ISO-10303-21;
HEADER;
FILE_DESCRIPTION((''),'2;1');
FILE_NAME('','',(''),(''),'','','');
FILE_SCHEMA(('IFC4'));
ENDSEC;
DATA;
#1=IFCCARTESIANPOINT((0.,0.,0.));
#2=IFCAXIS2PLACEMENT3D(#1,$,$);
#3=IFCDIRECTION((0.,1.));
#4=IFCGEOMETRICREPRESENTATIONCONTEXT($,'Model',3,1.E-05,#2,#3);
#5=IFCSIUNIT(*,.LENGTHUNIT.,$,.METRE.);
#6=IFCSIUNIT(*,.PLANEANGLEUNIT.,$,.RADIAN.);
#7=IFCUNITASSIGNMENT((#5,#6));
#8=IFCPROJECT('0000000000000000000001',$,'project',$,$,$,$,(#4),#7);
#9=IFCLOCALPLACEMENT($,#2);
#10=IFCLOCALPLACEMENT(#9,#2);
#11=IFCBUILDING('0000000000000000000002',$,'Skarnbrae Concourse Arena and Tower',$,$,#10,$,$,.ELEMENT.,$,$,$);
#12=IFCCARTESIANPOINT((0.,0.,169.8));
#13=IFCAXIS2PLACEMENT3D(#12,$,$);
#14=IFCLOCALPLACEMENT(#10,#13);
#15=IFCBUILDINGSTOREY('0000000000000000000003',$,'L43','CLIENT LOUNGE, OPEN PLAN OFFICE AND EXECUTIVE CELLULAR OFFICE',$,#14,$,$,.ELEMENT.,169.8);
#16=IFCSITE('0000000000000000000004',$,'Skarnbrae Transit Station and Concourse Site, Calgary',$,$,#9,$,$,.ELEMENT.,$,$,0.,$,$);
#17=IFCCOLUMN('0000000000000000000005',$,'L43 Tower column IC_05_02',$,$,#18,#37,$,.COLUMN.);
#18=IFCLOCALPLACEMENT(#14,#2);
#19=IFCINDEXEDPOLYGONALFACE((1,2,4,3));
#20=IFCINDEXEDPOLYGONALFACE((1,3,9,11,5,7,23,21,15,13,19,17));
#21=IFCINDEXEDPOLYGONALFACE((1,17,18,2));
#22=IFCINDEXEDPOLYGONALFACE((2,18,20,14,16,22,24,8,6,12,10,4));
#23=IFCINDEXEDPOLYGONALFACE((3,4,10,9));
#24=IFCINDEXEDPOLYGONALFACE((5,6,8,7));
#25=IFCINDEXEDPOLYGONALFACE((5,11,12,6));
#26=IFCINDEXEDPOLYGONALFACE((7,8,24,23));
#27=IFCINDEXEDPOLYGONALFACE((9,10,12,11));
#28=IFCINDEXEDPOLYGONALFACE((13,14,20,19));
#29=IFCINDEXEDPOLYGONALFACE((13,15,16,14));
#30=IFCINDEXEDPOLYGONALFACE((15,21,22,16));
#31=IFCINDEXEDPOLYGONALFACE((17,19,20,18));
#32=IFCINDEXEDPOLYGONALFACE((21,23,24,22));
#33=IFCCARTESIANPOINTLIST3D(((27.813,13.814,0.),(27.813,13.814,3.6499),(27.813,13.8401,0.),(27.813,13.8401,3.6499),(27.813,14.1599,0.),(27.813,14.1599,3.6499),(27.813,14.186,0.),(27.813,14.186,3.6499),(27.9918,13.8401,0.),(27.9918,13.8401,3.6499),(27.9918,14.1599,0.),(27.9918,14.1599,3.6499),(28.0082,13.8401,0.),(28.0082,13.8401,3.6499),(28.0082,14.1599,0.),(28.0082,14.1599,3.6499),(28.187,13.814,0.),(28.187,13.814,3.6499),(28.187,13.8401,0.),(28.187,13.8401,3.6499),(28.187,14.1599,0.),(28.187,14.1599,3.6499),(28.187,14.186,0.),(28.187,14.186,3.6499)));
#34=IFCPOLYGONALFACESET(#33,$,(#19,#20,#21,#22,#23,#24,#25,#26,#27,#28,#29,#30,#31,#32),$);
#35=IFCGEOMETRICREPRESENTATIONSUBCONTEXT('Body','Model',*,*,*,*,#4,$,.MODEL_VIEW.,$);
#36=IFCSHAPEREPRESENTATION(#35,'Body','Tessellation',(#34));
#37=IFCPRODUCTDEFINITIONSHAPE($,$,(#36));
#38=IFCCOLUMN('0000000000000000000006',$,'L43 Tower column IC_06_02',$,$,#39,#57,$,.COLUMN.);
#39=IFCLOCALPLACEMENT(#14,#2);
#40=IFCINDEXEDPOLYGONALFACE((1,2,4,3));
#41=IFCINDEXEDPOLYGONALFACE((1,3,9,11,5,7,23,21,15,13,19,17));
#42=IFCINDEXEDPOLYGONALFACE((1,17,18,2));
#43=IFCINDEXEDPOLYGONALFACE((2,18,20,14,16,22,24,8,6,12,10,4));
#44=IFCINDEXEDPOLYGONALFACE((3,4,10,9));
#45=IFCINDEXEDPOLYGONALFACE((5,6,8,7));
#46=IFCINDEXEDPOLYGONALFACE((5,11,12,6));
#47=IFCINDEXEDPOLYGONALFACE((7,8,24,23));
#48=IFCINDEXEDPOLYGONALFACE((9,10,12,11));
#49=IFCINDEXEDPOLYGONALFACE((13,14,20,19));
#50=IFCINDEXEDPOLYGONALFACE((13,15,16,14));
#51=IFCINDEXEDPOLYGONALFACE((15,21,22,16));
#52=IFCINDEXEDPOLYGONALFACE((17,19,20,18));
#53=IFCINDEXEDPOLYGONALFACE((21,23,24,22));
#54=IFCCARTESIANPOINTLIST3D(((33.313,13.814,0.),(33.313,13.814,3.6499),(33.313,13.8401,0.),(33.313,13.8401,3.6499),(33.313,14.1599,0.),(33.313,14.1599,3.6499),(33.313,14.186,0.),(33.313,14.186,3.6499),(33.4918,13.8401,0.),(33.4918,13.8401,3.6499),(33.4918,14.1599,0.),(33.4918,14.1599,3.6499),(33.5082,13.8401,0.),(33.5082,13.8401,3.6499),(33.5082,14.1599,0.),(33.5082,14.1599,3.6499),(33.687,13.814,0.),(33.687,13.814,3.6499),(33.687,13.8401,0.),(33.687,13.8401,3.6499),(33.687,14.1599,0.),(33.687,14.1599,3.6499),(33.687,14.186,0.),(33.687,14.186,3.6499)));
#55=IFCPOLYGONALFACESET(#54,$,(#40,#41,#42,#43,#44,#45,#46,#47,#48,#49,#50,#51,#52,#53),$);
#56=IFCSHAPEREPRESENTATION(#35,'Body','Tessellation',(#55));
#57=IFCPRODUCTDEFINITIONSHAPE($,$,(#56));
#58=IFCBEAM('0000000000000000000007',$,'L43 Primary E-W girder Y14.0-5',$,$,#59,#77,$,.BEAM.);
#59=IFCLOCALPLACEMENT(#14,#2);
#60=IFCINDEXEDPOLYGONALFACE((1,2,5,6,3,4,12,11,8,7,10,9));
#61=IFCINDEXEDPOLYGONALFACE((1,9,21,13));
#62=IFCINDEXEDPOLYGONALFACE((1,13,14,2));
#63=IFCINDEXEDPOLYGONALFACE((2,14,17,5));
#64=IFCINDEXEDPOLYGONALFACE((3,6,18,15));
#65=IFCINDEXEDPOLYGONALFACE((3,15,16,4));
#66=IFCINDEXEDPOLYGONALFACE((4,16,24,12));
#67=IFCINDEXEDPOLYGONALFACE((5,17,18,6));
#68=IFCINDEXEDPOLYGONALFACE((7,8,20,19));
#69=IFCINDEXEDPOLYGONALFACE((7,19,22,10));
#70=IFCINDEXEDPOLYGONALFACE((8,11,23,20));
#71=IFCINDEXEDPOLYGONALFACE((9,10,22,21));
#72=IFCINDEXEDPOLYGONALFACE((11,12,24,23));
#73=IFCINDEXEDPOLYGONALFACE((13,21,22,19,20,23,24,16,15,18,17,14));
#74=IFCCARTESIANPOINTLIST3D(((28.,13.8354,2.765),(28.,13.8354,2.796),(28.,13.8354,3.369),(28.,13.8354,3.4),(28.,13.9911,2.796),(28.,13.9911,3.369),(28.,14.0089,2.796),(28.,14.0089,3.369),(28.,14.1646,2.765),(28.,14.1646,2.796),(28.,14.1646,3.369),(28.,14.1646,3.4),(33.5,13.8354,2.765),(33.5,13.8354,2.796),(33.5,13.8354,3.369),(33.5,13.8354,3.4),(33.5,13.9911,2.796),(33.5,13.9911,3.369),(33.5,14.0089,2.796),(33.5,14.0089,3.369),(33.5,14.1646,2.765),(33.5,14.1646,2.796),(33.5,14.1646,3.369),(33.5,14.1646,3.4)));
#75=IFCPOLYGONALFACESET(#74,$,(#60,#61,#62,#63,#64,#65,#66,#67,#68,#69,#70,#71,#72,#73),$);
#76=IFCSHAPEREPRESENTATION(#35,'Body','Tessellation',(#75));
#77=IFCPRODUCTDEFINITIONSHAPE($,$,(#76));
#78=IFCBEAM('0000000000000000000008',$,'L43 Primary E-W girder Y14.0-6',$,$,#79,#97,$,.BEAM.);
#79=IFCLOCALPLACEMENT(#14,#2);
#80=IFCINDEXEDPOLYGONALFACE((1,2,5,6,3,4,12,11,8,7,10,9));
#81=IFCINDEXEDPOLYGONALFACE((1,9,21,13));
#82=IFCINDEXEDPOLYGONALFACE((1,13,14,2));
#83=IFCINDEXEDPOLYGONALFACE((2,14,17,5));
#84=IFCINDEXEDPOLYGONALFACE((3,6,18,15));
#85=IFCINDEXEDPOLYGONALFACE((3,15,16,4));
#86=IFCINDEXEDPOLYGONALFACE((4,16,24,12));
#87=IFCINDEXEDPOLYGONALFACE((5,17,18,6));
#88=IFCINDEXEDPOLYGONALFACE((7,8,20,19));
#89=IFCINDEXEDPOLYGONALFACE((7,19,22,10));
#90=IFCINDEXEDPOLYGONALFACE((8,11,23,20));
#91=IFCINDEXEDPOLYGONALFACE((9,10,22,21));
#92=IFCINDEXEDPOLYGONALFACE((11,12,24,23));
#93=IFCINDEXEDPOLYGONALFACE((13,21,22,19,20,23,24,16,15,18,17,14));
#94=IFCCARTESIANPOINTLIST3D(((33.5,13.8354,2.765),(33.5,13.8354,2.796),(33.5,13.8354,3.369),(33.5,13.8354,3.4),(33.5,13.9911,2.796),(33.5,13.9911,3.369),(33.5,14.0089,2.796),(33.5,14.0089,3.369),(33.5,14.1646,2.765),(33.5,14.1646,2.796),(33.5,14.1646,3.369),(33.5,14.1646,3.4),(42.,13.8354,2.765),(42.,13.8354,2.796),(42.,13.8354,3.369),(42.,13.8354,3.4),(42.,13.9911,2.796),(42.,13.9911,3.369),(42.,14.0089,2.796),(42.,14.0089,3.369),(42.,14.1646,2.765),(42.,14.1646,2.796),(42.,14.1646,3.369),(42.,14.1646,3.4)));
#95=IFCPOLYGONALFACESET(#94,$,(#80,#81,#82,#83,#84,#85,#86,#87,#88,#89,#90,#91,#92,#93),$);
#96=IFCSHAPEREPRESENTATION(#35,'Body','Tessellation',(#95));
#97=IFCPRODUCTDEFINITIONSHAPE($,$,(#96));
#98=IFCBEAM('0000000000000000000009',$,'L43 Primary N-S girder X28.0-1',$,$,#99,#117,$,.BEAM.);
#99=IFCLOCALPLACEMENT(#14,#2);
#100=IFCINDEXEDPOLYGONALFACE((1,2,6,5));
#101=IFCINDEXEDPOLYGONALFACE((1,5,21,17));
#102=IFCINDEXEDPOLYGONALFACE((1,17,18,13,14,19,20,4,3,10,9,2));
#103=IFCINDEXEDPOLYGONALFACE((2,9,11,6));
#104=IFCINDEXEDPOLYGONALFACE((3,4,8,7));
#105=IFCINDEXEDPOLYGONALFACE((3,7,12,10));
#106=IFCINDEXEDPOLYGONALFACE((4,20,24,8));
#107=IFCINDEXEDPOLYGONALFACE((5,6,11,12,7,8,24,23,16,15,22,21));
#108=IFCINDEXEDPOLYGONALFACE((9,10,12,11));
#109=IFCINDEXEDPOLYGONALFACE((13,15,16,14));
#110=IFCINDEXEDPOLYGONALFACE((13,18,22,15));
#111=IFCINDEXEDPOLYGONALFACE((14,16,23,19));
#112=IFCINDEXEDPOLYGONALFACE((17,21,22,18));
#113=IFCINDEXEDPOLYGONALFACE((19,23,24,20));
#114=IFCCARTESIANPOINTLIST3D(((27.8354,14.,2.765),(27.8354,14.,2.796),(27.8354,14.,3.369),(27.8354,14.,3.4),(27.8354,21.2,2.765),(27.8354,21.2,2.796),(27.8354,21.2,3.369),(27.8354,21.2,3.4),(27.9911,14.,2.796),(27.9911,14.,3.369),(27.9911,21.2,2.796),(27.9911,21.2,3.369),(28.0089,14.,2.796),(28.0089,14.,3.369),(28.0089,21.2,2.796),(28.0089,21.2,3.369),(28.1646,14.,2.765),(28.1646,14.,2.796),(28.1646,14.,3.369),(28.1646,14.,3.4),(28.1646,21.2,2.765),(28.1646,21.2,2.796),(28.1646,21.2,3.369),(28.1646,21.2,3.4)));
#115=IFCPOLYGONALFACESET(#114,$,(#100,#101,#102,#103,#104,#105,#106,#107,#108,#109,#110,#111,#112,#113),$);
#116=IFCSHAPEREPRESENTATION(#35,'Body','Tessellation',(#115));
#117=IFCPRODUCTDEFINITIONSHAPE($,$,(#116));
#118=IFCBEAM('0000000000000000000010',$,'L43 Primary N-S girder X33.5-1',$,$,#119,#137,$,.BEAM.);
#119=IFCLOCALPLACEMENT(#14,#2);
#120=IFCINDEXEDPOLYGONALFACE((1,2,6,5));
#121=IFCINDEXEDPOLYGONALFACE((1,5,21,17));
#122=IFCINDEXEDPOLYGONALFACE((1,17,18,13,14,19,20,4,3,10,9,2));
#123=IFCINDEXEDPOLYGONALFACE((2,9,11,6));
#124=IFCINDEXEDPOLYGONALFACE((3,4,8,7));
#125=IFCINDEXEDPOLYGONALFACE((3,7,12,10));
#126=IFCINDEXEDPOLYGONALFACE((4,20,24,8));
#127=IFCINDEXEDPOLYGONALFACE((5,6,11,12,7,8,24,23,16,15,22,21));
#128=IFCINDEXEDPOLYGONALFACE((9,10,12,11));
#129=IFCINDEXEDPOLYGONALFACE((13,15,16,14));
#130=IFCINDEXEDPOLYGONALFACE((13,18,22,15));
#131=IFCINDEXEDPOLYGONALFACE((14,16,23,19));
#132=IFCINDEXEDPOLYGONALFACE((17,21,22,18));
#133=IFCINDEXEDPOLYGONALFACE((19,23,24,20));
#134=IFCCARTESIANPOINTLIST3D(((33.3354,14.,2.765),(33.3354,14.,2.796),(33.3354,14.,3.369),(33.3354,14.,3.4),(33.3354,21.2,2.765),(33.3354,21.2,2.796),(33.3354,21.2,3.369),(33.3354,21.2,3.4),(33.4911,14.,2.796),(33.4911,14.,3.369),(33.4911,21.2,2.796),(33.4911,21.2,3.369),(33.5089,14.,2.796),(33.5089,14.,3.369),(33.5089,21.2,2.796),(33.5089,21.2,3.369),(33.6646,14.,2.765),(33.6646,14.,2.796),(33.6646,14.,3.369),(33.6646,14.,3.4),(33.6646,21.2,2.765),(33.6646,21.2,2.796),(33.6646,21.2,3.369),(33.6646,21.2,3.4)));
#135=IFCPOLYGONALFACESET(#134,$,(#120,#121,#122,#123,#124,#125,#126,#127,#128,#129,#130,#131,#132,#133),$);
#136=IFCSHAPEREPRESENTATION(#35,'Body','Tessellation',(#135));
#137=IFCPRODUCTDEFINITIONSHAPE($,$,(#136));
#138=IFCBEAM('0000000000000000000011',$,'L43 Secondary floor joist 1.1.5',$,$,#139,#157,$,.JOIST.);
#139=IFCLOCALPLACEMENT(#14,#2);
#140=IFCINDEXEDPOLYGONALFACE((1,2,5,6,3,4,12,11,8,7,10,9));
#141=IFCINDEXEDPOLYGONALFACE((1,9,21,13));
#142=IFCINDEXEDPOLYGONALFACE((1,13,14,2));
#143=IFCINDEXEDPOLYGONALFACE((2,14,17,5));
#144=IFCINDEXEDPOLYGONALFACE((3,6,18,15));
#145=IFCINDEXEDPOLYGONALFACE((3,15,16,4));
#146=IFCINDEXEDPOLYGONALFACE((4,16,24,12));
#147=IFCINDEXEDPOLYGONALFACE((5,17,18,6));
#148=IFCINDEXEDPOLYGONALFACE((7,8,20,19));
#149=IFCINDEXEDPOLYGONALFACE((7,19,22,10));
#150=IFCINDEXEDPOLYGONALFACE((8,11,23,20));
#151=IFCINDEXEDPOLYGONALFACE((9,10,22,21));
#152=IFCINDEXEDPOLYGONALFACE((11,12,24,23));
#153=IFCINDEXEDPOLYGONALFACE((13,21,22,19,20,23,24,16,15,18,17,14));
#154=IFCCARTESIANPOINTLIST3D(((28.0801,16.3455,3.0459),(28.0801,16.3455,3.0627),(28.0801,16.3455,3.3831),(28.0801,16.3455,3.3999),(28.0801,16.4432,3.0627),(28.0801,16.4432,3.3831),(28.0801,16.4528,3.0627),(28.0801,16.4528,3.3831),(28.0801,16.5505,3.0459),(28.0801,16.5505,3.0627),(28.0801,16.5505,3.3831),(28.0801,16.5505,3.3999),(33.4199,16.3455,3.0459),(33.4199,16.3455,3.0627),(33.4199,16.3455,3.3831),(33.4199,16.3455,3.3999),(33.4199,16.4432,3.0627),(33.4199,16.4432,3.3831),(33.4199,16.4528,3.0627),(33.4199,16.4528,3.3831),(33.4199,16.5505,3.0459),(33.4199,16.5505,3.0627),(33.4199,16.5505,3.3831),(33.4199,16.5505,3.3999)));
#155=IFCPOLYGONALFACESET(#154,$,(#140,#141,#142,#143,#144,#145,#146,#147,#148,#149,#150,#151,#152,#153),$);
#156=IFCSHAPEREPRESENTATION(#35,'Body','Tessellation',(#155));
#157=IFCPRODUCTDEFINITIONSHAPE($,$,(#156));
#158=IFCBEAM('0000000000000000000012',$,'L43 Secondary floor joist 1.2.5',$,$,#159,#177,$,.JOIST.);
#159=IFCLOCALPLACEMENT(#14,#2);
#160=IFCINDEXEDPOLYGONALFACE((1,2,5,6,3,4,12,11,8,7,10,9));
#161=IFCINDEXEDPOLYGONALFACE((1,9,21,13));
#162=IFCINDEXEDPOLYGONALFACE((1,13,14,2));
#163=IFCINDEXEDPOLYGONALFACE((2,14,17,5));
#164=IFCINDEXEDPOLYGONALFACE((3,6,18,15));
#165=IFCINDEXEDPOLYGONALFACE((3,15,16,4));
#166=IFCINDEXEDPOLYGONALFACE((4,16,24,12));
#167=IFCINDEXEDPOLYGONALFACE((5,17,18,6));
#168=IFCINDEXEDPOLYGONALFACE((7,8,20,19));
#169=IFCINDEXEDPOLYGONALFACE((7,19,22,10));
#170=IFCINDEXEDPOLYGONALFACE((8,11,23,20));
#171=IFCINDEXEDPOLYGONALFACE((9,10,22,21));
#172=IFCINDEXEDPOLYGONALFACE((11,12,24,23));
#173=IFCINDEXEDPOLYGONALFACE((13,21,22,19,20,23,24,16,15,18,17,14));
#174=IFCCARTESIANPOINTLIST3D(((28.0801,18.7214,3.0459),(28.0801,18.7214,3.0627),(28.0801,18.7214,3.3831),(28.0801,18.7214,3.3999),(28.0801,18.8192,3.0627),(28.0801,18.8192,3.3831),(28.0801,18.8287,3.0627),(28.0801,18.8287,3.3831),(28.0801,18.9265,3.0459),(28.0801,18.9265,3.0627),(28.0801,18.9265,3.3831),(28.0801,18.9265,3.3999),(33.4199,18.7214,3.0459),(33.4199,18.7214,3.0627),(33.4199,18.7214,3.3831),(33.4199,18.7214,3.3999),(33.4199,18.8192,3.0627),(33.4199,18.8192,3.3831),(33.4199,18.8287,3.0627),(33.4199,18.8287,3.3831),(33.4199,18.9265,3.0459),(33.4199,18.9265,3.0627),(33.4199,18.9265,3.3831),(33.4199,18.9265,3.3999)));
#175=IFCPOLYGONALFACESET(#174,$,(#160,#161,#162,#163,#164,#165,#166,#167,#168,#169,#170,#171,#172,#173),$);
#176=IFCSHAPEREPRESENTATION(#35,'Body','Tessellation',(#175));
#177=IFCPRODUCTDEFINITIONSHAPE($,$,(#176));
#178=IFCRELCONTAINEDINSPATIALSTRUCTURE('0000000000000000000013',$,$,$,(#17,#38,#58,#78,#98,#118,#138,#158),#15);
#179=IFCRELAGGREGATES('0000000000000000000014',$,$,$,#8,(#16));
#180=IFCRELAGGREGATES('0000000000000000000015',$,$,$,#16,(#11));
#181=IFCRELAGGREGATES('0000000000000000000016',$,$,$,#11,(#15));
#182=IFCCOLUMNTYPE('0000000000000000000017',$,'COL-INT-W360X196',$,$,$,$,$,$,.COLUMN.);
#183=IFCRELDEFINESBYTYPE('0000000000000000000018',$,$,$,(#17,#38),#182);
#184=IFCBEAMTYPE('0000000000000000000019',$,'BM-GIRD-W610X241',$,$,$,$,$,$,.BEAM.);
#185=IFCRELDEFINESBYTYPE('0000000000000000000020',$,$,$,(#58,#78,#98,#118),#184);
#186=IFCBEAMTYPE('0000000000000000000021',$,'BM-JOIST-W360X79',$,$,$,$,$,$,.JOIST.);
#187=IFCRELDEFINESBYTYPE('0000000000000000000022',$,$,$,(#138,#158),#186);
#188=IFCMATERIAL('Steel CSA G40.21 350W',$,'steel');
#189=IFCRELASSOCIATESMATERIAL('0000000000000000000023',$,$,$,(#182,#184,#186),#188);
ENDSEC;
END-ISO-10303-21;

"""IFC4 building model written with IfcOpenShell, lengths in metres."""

from ifc_helpers import new_model, si_unit, direction, frame, origin, origin_2d, place, context, subcontext, project, spatial, i_section, extrude, source, transform, mapped, material, material_profile, profile_set, type_object, element, save


model = new_model("IFC4")

# Units and contexts
model_context = context("Model", 3, precision=1e-05, world=origin(), true_north=direction((0.0, 1.0)))
body_context = subcontext(model_context, "Body", "Model", "MODEL_VIEW")
ifc_project = project(units=[si_unit("LENGTHUNIT", "METRE"), si_unit("PLANEANGLEUNIT", "RADIAN")], contexts=[model_context])

# Site, building, storey
site_placement = place(None, origin())
site = spatial("IfcSite", under=ifc_project, at=site_placement, Name="Skarnbrae Transit Station and Concourse Site, Calgary", CompositionType="ELEMENT", RefElevation=0.0)
building_placement = place(site_placement, origin())
building = spatial("IfcBuilding", under=site, at=building_placement, Name="Skarnbrae Concourse Arena and Tower", CompositionType="ELEMENT")
storey_placement = place(building_placement, frame((0.0, 0.0, 169.8)))
storey = spatial("IfcBuildingStorey", under=building, at=storey_placement, Name="L43", Description="CLIENT LOUNGE, OPEN PLAN OFFICE AND EXECUTIVE CELLULAR OFFICE", CompositionType="ELEMENT", Elevation=169.8)

# Columns
ifc_material_1 = material(Name="Steel CSA G40.21 350W", Category="steel")
ifc_material_profile_1 = material_profile(ifc_material_1, i_section(OverallWidth=0.374, OverallDepth=0.3721, WebThickness=0.0164, FlangeThickness=0.0261, at=origin_2d()), Name="W360X196")
ifc_profile_set_1 = profile_set([ifc_material_profile_1], Name="Steel CSA G40.21 350W")
column_type = type_object("IfcColumnType", Name="COL-INT-W360X196", PredefinedType="COLUMN", material=ifc_profile_set_1)
shared_shape_1 = source(origin(), body_context, "Body", "SweptSolid", [
    extrude(i_section(OverallWidth=0.374, OverallDepth=0.3721, WebThickness=0.0164, FlangeThickness=0.0261, at=origin_2d()), origin(), (0.0, 0.0, 1.0), 3.6499),
])
for number, where, z_axis, x_axis, name in (
    (1, (28.0, 14.0, 0.0), (0.0, 0.0, 1.0), (1.0, 0.0, 0.0), "L43 Tower column IC_05_02"),
    (2, (33.5, 14.0, 0.0), (0.0, 0.0, 1.0), (1.0, 0.0, 0.0), "L43 Tower column IC_06_02"),
):
    element("IfcColumn", number, at=place(storey_placement, frame(where, z_axis=z_axis, x_axis=x_axis)), inside=storey, type_object=column_type, Name=name, PredefinedType="COLUMN", context=body_context, shape_type="MappedRepresentation", body=[
        mapped(shared_shape_1, transform((0.0, 0.0, 0.0))),
    ])

# Beams
ifc_material_profile_2 = material_profile(ifc_material_1, i_section(OverallWidth=0.3291, OverallDepth=0.635, WebThickness=0.0178, FlangeThickness=0.031, at=origin_2d()), Name="W610X241")
ifc_profile_set_2 = profile_set([ifc_material_profile_2], Name="Steel CSA G40.21 350W")
beam_type_1 = type_object("IfcBeamType", Name="BM-GIRD-W610X241", PredefinedType="BEAM", material=ifc_profile_set_2)
shared_shape_2 = source(origin(), body_context, "Body", "SweptSolid", [
    extrude(i_section(OverallWidth=0.3291, OverallDepth=0.635, WebThickness=0.0178, FlangeThickness=0.031, at=origin_2d()), origin(), (0.0, 0.0, 1.0), 5.5),
])
beam_1_placement = place(storey_placement, frame((28.0, 14.0, 3.0825), z_axis=(1.0, 0.0, 0.0), x_axis=(0.0, 1.0, 0.0)))
element("IfcBeam", 3, at=beam_1_placement, inside=storey, type_object=beam_type_1, Name="L43 Primary E-W girder Y14.0-5", PredefinedType="BEAM", context=body_context, shape_type="MappedRepresentation", body=[
    mapped(shared_shape_2, transform((0.0, 0.0, 0.0))),
])
shared_shape_3 = source(origin(), body_context, "Body", "SweptSolid", [
    extrude(i_section(OverallWidth=0.3291, OverallDepth=0.635, WebThickness=0.0178, FlangeThickness=0.031, at=origin_2d()), origin(), (0.0, 0.0, 1.0), 8.5),
])
beam_2_placement = place(storey_placement, frame((33.5, 14.0, 3.0825), z_axis=(1.0, 0.0, 0.0), x_axis=(0.0, 1.0, 0.0)))
element("IfcBeam", 4, at=beam_2_placement, inside=storey, type_object=beam_type_1, Name="L43 Primary E-W girder Y14.0-6", PredefinedType="BEAM", context=body_context, shape_type="MappedRepresentation", body=[
    mapped(shared_shape_3, transform((0.0, 0.0, 0.0))),
])
shared_shape_4 = source(origin(), body_context, "Body", "SweptSolid", [
    extrude(i_section(OverallWidth=0.3291, OverallDepth=0.635, WebThickness=0.0178, FlangeThickness=0.031, at=origin_2d()), origin(), (0.0, 0.0, 1.0), 7.2),
])
for number, where, z_axis, x_axis, name in (
    (5, (28.0, 14.0, 3.0825), (0.0, 1.0, 0.0), (-1.0, 0.0, 0.0), "L43 Primary N-S girder X28.0-1"),
    (6, (33.5, 14.0, 3.0825), (0.0, 1.0, 0.0), (-1.0, 0.0, 0.0), "L43 Primary N-S girder X33.5-1"),
):
    element("IfcBeam", number, at=place(storey_placement, frame(where, z_axis=z_axis, x_axis=x_axis)), inside=storey, type_object=beam_type_1, Name=name, PredefinedType="BEAM", context=body_context, shape_type="MappedRepresentation", body=[
        mapped(shared_shape_4, transform((0.0, 0.0, 0.0))),
    ])
ifc_material_profile_3 = material_profile(ifc_material_1, i_section(OverallWidth=0.2051, OverallDepth=0.354, WebThickness=0.0095, FlangeThickness=0.0168, at=origin_2d()), Name="W360X79")
ifc_profile_set_3 = profile_set([ifc_material_profile_3], Name="Steel CSA G40.21 350W")
beam_type_2 = type_object("IfcBeamType", Name="BM-JOIST-W360X79", PredefinedType="JOIST", material=ifc_profile_set_3)
shared_shape_5 = source(origin(), body_context, "Body", "SweptSolid", [
    extrude(i_section(OverallWidth=0.2051, OverallDepth=0.354, WebThickness=0.0095, FlangeThickness=0.0168, at=origin_2d()), origin(), (0.0, 0.0, 1.0), 5.3398),
])
for number, where, z_axis, x_axis, name in (
    (7, (28.0801, 16.448, 3.2229), (1.0, 0.0, 0.0), (0.0, 1.0, 0.0), "L43 Secondary floor joist 1.1.5"),
    (8, (28.0801, 18.824, 3.2229), (1.0, 0.0, 0.0), (0.0, 1.0, 0.0), "L43 Secondary floor joist 1.2.5"),
):
    element("IfcBeam", number, at=place(storey_placement, frame(where, z_axis=z_axis, x_axis=x_axis)), inside=storey, type_object=beam_type_2, Name=name, PredefinedType="JOIST", context=body_context, shape_type="MappedRepresentation", body=[
        mapped(shared_shape_5, transform((0.0, 0.0, 0.0))),
    ])

save(model, "model.ifc")
